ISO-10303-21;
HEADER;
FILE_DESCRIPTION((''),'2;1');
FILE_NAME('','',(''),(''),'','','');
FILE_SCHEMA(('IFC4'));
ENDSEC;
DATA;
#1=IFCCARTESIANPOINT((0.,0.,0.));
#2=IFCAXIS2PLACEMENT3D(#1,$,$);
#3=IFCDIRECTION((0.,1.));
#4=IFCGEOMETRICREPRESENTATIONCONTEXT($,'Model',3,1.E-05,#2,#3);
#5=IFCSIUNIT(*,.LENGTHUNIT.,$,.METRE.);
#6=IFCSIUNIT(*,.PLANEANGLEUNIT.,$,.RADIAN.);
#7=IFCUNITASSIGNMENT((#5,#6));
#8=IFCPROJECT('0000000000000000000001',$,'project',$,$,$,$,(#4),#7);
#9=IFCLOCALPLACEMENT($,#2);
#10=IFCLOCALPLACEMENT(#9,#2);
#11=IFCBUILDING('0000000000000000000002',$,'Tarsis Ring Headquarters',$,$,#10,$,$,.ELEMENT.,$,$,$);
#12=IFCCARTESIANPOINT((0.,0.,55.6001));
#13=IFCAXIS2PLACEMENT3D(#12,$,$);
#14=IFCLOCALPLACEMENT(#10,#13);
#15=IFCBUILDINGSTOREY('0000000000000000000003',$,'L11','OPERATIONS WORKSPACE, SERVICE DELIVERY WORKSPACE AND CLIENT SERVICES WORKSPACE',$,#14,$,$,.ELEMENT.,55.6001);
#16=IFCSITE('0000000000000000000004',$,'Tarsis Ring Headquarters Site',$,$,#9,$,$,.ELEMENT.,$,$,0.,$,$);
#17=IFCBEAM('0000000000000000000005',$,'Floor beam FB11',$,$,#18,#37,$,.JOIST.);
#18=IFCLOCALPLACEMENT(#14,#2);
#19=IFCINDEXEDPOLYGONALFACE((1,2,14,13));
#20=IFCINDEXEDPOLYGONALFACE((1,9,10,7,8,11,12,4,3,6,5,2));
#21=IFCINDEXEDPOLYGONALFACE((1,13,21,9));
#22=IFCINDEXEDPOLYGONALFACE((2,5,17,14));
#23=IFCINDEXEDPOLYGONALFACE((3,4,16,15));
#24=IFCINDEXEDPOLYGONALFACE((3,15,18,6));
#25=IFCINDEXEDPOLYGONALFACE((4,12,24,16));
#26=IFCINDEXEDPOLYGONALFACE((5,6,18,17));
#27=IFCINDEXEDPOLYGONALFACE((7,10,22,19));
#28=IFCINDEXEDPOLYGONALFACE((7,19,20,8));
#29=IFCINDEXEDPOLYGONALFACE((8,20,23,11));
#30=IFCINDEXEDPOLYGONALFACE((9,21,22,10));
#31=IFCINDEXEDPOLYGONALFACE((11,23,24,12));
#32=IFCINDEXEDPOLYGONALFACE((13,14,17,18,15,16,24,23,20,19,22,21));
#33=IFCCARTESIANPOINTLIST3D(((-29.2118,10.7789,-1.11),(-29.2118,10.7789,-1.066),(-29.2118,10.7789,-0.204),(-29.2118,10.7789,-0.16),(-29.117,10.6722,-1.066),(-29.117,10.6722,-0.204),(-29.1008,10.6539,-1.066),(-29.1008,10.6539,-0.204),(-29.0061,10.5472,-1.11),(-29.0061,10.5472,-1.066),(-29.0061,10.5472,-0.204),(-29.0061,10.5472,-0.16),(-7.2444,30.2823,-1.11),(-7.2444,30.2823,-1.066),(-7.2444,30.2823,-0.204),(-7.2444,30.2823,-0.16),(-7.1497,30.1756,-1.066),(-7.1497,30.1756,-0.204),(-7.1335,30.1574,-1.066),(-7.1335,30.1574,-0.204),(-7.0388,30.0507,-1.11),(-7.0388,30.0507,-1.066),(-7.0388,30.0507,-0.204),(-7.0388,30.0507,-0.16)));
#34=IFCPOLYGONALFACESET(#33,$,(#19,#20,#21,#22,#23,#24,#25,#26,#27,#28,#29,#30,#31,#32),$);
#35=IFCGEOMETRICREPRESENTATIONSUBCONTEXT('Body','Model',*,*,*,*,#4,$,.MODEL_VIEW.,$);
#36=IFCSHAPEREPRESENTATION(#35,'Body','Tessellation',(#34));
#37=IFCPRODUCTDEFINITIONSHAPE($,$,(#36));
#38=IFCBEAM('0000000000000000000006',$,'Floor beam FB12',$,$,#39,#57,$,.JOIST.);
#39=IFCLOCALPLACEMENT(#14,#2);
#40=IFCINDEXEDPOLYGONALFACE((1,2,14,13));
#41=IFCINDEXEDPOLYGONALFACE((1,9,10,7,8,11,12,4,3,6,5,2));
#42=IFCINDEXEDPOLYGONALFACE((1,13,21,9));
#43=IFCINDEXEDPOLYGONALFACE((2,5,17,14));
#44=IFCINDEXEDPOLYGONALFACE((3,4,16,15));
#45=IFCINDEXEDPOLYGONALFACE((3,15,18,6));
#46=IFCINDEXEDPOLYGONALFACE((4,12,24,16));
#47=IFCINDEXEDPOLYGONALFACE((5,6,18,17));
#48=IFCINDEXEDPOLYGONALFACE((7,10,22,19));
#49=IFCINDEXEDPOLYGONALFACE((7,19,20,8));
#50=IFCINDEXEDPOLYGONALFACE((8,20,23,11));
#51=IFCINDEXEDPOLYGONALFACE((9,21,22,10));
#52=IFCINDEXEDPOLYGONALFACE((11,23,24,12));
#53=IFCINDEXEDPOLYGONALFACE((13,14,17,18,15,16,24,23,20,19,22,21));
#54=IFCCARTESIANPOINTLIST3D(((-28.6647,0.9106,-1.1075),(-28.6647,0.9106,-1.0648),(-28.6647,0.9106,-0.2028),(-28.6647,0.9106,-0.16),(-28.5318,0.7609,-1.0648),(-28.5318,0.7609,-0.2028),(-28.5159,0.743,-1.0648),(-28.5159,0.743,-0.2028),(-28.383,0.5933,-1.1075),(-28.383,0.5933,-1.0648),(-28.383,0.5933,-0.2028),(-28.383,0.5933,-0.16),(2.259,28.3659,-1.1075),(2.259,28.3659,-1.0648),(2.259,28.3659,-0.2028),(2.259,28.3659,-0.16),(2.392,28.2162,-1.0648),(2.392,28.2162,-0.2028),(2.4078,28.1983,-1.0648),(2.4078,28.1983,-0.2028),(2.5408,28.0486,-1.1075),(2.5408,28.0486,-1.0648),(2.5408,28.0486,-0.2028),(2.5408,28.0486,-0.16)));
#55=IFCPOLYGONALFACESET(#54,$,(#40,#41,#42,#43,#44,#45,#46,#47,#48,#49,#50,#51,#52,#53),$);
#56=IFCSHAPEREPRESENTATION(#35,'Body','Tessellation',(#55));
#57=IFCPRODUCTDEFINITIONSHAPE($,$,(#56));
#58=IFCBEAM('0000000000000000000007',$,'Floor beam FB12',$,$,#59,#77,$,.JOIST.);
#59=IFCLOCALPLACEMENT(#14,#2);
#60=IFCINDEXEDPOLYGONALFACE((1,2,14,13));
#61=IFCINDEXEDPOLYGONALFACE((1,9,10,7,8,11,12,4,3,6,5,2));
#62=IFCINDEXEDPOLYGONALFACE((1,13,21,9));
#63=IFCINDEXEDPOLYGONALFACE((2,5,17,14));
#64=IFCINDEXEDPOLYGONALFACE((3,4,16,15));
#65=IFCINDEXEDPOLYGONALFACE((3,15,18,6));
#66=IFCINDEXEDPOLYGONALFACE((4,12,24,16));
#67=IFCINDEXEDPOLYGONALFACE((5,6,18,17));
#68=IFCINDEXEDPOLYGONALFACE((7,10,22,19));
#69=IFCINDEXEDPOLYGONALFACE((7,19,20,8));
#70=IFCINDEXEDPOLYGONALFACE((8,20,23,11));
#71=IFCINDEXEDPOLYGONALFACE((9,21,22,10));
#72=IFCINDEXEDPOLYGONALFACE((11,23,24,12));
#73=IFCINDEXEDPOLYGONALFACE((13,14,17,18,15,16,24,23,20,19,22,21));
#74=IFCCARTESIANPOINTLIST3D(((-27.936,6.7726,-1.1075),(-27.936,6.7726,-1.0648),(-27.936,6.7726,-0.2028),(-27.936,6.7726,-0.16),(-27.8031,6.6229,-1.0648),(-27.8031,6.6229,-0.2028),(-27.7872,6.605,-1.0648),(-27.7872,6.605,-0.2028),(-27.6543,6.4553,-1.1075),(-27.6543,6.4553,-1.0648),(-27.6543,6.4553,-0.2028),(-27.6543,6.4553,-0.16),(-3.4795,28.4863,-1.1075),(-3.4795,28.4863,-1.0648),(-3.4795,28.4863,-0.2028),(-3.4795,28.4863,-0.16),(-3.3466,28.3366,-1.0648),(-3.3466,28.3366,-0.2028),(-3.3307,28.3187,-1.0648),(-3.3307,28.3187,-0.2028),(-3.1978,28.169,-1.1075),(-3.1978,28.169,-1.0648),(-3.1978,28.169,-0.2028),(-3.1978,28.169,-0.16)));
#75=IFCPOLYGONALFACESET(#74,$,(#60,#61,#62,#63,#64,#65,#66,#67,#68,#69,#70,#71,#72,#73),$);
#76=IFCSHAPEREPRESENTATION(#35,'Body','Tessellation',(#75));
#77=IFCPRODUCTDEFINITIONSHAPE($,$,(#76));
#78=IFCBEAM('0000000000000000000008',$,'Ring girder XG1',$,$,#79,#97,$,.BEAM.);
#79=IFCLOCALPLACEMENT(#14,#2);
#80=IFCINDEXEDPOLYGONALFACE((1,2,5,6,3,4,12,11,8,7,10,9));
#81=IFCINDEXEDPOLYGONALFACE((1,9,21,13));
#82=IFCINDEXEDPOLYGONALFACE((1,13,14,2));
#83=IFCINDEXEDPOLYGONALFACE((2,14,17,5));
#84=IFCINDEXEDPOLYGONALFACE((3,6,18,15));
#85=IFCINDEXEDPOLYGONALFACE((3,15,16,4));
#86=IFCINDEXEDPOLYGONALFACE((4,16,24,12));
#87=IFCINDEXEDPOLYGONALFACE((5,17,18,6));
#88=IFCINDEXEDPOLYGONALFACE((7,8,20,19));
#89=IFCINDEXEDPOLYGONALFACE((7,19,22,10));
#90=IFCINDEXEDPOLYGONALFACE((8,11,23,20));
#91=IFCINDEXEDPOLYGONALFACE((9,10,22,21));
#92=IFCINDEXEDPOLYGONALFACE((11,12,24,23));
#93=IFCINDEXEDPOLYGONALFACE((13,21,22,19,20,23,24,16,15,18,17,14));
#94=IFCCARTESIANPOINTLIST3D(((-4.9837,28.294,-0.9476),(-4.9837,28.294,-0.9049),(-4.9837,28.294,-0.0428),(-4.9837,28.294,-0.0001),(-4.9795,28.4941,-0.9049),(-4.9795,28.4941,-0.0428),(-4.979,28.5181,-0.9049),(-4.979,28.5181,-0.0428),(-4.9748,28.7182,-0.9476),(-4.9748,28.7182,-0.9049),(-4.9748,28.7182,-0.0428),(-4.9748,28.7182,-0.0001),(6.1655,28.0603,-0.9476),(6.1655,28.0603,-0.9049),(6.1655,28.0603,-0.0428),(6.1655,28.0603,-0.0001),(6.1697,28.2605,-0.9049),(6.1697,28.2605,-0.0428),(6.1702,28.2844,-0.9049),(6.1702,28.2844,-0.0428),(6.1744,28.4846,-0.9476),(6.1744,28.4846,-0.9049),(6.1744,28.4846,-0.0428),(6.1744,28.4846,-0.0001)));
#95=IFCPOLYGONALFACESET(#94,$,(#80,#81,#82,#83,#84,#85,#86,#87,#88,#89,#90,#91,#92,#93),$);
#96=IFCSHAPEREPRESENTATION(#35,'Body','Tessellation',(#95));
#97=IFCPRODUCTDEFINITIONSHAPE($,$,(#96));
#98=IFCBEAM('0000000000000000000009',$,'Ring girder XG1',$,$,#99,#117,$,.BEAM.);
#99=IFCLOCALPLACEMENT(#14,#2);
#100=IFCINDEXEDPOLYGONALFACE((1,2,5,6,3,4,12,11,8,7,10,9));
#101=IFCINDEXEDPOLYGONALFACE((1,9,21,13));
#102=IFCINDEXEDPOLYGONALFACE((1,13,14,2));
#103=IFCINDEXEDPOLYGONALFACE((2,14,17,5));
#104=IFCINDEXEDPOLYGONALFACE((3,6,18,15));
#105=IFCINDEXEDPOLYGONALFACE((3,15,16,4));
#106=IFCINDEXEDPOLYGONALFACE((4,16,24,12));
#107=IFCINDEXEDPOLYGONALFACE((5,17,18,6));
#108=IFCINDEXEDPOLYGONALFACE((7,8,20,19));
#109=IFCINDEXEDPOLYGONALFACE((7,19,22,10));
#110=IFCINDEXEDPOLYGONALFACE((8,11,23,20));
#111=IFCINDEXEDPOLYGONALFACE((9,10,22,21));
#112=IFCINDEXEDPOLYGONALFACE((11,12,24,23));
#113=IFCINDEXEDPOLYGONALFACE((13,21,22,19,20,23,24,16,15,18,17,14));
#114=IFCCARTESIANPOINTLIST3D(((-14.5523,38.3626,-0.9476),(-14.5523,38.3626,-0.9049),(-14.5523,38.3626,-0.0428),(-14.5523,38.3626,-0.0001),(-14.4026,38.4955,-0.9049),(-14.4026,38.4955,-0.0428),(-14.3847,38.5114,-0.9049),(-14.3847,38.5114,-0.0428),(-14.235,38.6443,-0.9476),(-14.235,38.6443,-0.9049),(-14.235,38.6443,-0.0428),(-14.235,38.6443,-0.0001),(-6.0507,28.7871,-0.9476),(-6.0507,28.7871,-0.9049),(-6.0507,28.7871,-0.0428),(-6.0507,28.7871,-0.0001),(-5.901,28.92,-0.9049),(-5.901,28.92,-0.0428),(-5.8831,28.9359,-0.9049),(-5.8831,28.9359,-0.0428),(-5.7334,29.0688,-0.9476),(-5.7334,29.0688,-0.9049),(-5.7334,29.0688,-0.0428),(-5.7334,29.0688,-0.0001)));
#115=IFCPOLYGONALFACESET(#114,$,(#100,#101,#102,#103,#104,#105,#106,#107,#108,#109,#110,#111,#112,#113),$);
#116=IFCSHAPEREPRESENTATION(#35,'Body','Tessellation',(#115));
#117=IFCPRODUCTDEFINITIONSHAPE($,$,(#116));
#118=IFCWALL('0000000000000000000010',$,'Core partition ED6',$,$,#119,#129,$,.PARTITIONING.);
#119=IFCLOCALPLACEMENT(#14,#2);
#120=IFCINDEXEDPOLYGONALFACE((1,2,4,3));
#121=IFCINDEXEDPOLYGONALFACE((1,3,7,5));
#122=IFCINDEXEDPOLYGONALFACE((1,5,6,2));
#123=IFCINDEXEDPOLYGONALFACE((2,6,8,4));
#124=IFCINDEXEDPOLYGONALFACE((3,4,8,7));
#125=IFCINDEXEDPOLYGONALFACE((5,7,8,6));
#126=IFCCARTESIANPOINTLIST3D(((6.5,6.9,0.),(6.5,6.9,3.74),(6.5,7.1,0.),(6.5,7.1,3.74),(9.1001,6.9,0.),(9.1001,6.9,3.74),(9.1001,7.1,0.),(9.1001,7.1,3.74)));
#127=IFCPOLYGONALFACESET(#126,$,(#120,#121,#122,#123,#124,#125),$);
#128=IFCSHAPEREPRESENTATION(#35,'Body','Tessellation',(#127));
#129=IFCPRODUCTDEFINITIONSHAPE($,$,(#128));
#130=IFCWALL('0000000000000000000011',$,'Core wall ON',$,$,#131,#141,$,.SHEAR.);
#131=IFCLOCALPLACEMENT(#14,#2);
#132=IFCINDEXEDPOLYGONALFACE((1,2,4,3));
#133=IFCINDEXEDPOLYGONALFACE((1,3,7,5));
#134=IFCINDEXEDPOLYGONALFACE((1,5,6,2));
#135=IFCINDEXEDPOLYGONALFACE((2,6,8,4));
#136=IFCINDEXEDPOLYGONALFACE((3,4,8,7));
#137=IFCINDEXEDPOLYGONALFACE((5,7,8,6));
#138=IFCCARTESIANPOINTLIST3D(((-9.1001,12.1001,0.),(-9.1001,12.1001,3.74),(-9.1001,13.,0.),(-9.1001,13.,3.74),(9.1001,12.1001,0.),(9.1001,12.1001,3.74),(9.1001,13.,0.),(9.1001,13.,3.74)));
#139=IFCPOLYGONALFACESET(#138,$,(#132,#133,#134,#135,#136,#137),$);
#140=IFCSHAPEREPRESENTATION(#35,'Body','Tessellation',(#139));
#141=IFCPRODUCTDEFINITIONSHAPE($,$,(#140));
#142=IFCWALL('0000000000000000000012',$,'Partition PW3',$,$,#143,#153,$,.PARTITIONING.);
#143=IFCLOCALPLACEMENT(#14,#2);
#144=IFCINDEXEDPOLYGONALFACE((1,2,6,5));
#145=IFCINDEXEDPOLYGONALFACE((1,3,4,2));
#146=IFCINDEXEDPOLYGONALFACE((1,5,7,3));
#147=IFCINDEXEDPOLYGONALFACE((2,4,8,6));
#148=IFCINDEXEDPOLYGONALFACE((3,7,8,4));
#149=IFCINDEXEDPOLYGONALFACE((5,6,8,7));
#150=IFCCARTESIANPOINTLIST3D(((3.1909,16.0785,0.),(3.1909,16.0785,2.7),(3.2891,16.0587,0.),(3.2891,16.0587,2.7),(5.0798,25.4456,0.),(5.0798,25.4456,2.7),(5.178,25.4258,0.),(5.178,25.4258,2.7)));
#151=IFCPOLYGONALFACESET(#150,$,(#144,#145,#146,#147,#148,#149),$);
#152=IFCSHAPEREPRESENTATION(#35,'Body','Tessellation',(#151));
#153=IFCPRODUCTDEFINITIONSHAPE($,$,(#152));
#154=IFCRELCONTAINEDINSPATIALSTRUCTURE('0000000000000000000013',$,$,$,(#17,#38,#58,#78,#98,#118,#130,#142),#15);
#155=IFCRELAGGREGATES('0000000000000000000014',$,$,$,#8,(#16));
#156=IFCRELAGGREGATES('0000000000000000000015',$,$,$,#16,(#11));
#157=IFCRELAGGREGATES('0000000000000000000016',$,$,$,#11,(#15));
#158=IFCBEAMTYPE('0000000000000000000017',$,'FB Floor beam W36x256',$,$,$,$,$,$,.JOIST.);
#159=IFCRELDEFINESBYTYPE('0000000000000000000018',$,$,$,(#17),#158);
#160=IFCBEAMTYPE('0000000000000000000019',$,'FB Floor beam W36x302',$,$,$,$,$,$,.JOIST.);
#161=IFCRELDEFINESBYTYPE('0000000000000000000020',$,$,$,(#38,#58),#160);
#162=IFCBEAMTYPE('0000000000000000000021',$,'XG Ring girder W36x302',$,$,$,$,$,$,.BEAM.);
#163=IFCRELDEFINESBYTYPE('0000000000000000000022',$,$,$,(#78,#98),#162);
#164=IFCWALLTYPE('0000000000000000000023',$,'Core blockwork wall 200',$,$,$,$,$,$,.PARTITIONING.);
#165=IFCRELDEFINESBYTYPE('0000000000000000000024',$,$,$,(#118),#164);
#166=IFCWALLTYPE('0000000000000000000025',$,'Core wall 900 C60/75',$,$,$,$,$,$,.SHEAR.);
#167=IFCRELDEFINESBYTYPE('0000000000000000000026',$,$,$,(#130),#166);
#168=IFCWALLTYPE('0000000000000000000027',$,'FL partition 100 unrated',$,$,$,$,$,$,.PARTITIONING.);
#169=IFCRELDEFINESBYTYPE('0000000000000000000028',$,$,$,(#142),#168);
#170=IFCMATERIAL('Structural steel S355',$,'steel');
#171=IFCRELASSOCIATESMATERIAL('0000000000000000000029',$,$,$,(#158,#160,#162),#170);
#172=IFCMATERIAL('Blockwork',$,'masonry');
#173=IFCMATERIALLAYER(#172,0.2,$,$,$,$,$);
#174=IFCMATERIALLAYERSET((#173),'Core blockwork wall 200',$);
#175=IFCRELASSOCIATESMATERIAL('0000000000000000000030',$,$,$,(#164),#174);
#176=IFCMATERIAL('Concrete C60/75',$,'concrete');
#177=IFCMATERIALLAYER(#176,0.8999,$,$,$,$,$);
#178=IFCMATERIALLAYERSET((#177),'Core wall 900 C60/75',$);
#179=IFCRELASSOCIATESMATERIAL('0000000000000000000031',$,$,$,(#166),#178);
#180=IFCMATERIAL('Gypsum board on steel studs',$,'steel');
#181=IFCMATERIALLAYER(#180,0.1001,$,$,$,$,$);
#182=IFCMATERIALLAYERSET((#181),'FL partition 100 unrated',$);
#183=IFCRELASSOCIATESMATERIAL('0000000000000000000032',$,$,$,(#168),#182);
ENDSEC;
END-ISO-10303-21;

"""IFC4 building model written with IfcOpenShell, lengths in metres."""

from ifc_helpers import new_model, si_unit, direction, frame, frame_2d, origin, origin_2d, place, context, subcontext, project, spatial, rectangle, i_section, extrude, material, layer, layer_set, material_profile, profile_set, type_object, element, save


model = new_model("IFC4")

# Units and contexts
model_context = context("Model", 3, precision=1e-05, world=origin(), true_north=direction((0.0, 1.0)))
body_context = subcontext(model_context, "Body", "Model", "MODEL_VIEW")
ifc_project = project(units=[si_unit("LENGTHUNIT", "METRE"), si_unit("PLANEANGLEUNIT", "RADIAN")], contexts=[model_context])

# Site, building, storey
site_placement = place(None, origin())
site = spatial("IfcSite", under=ifc_project, at=site_placement, Name="Tarsis Ring Headquarters Site", CompositionType="ELEMENT", RefElevation=0.0)
building_placement = place(site_placement, origin())
building = spatial("IfcBuilding", under=site, at=building_placement, Name="Tarsis Ring Headquarters", CompositionType="ELEMENT")
storey_placement = place(building_placement, frame((0.0, 0.0, 55.6001)))
storey = spatial("IfcBuildingStorey", under=building, at=storey_placement, Name="L11", Description="OPERATIONS WORKSPACE, SERVICE DELIVERY WORKSPACE AND CLIENT SERVICES WORKSPACE", CompositionType="ELEMENT", Elevation=55.6001)

# Beams
ifc_material_1 = material(Name="Structural steel S355", Category="steel")
ifc_material_profile_1 = material_profile(ifc_material_1, i_section(OverallWidth=0.3098, OverallDepth=0.95, WebThickness=0.0244, FlangeThickness=0.0439, at=origin_2d()), Name="W36x256")
ifc_profile_set_1 = profile_set([ifc_material_profile_1], Name="Structural steel S355")
beam_type_1 = type_object("IfcBeamType", Name="FB Floor beam W36x256", PredefinedType="JOIST", material=ifc_profile_set_1)
beam_1_placement = place(storey_placement, frame((-7.1416, 30.1665, -0.635), z_axis=(-0.747799, -0.663925, 0.0), x_axis=(0.663925, -0.747799, 0.0)))
element("IfcBeam", 1, at=beam_1_placement, inside=storey, type_object=beam_type_1, Name="Floor beam FB11", PredefinedType="JOIST", context=body_context, shape_type="SweptSolid", body=[
    extrude(i_section(OverallWidth=0.3098, OverallDepth=0.95, WebThickness=0.0244, FlangeThickness=0.0439, at=origin_2d()), origin(), (0.0, 0.0, 1.0), 29.376),
])
ifc_material_profile_2 = material_profile(ifc_material_1, i_section(OverallWidth=0.4243, OverallDepth=0.9475, WebThickness=0.0239, FlangeThickness=0.0427, at=origin_2d()), Name="W36x302")
ifc_profile_set_2 = profile_set([ifc_material_profile_2], Name="Structural steel S355")
beam_type_2 = type_object("IfcBeamType", Name="FB Floor beam W36x302", PredefinedType="JOIST", material=ifc_profile_set_2)
beam_2_placement = place(storey_placement, frame((2.3999, 28.2073, -0.6338), z_axis=(-0.7478, -0.663924, 0.0), x_axis=(0.663924, -0.7478, 0.0)))
element("IfcBeam", 2, at=beam_2_placement, inside=storey, type_object=beam_type_2, Name="Floor beam FB12", PredefinedType="JOIST", context=body_context, shape_type="SweptSolid", body=[
    extrude(i_section(OverallWidth=0.4243, OverallDepth=0.9475, WebThickness=0.0239, FlangeThickness=0.0427, at=origin_2d()), origin(), (0.0, 0.0, 1.0), 41.353),
])
beam_3_placement = place(storey_placement, frame((-3.3386, 28.3276, -0.6338), z_axis=(-0.747797, -0.663928, 0.0), x_axis=(0.663928, -0.747797, 0.0)))
element("IfcBeam", 3, at=beam_3_placement, inside=storey, type_object=beam_type_2, Name="Floor beam FB12", PredefinedType="JOIST", context=body_context, shape_type="SweptSolid", body=[
    extrude(i_section(OverallWidth=0.4243, OverallDepth=0.9475, WebThickness=0.0239, FlangeThickness=0.0427, at=origin_2d()), origin(), (0.0, 0.0, 1.0), 32.7048),
])
beam_type_3 = type_object("IfcBeamType", Name="XG Ring girder W36x302", PredefinedType="BEAM", material=ifc_profile_set_2)
beam_4_placement = place(storey_placement, frame((6.1699, 28.2725, -0.4739), z_axis=(-0.99978, 0.020951, 0.0), x_axis=(-0.020951, -0.99978, 0.0)))
element("IfcBeam", 4, at=beam_4_placement, inside=storey, type_object=beam_type_3, Name="Ring girder XG1", PredefinedType="BEAM", context=body_context, shape_type="SweptSolid", body=[
    extrude(i_section(OverallWidth=0.4243, OverallDepth=0.9475, WebThickness=0.0239, FlangeThickness=0.0427, at=origin_2d()), origin(), (0.0, 0.0, 1.0), 11.1516),
])
beam_5_placement = place(storey_placement, frame((-5.8921, 28.928, -0.4739), z_axis=(-0.663926, 0.747798, 0.0), x_axis=(-0.747798, -0.663926, 0.0)))
element("IfcBeam", 5, at=beam_5_placement, inside=storey, type_object=beam_type_3, Name="Ring girder XG1", PredefinedType="BEAM", context=body_context, shape_type="SweptSolid", body=[
    extrude(i_section(OverallWidth=0.4243, OverallDepth=0.9475, WebThickness=0.0239, FlangeThickness=0.0427, at=origin_2d()), origin(), (0.0, 0.0, 1.0), 12.8049),
])

# Walls
ifc_material_2 = material(Name="Blockwork", Category="masonry")
ifc_layer_1 = layer(ifc_material_2, 0.2)
ifc_layer_set_1 = layer_set([ifc_layer_1], Name="Core blockwork wall 200")
wall_type_1 = type_object("IfcWallType", Name="Core blockwork wall 200", PredefinedType="PARTITIONING", material=ifc_layer_set_1)
wall_1_placement = place(storey_placement, frame((6.5, 7.0, 0.0), z_axis=(0.0, 0.0, 1.0), x_axis=(1.0, 0.0, 0.0)))
element("IfcWall", 6, at=wall_1_placement, inside=storey, type_object=wall_type_1, Name="Core partition ED6", PredefinedType="PARTITIONING", context=body_context, shape_type="SweptSolid", body=[
    extrude(rectangle(XDim=2.6001, YDim=0.2, at=frame_2d((1.3, 0.0))), origin(), (0.0, 0.0, 1.0), 3.74),
])
ifc_material_3 = material(Name="Concrete C60/75", Category="concrete")
ifc_layer_2 = layer(ifc_material_3, 0.8999)
ifc_layer_set_2 = layer_set([ifc_layer_2], Name="Core wall 900 C60/75")
wall_type_2 = type_object("IfcWallType", Name="Core wall 900 C60/75", PredefinedType="SHEAR", material=ifc_layer_set_2)
wall_2_placement = place(storey_placement, frame((-9.1001, 12.55, 0.0), z_axis=(0.0, 0.0, 1.0), x_axis=(1.0, 0.0, 0.0)))
element("IfcWall", 7, at=wall_2_placement, inside=storey, type_object=wall_type_2, Name="Core wall ON", PredefinedType="SHEAR", context=body_context, shape_type="SweptSolid", body=[
    extrude(rectangle(XDim=18.2002, YDim=0.8999, at=frame_2d((9.1001, 0.0))), origin(), (0.0, 0.0, 1.0), 3.74),
])
ifc_material_4 = material(Name="Gypsum board on steel studs", Category="steel")
ifc_layer_3 = layer(ifc_material_4, 0.1001)
ifc_layer_set_3 = layer_set([ifc_layer_3], Name="FL partition 100 unrated")
wall_type_3 = type_object("IfcWallType", Name="FL partition 100 unrated", PredefinedType="PARTITIONING", material=ifc_layer_set_3)
wall_3_placement = place(storey_placement, frame((3.24, 16.0686, 0.0), z_axis=(0.0, 0.0, 1.0), x_axis=(0.197673, 0.980268, 0.0)))
element("IfcWall", 8, at=wall_3_placement, inside=storey, type_object=wall_type_3, Name="Partition PW3", PredefinedType="PARTITIONING", context=body_context, shape_type="SweptSolid", body=[
    extrude(rectangle(XDim=9.5557, YDim=0.1001, at=frame_2d((4.7778, 0.0))), origin(), (0.0, 0.0, 1.0), 2.7),
])

save(model, "model.ifc")
